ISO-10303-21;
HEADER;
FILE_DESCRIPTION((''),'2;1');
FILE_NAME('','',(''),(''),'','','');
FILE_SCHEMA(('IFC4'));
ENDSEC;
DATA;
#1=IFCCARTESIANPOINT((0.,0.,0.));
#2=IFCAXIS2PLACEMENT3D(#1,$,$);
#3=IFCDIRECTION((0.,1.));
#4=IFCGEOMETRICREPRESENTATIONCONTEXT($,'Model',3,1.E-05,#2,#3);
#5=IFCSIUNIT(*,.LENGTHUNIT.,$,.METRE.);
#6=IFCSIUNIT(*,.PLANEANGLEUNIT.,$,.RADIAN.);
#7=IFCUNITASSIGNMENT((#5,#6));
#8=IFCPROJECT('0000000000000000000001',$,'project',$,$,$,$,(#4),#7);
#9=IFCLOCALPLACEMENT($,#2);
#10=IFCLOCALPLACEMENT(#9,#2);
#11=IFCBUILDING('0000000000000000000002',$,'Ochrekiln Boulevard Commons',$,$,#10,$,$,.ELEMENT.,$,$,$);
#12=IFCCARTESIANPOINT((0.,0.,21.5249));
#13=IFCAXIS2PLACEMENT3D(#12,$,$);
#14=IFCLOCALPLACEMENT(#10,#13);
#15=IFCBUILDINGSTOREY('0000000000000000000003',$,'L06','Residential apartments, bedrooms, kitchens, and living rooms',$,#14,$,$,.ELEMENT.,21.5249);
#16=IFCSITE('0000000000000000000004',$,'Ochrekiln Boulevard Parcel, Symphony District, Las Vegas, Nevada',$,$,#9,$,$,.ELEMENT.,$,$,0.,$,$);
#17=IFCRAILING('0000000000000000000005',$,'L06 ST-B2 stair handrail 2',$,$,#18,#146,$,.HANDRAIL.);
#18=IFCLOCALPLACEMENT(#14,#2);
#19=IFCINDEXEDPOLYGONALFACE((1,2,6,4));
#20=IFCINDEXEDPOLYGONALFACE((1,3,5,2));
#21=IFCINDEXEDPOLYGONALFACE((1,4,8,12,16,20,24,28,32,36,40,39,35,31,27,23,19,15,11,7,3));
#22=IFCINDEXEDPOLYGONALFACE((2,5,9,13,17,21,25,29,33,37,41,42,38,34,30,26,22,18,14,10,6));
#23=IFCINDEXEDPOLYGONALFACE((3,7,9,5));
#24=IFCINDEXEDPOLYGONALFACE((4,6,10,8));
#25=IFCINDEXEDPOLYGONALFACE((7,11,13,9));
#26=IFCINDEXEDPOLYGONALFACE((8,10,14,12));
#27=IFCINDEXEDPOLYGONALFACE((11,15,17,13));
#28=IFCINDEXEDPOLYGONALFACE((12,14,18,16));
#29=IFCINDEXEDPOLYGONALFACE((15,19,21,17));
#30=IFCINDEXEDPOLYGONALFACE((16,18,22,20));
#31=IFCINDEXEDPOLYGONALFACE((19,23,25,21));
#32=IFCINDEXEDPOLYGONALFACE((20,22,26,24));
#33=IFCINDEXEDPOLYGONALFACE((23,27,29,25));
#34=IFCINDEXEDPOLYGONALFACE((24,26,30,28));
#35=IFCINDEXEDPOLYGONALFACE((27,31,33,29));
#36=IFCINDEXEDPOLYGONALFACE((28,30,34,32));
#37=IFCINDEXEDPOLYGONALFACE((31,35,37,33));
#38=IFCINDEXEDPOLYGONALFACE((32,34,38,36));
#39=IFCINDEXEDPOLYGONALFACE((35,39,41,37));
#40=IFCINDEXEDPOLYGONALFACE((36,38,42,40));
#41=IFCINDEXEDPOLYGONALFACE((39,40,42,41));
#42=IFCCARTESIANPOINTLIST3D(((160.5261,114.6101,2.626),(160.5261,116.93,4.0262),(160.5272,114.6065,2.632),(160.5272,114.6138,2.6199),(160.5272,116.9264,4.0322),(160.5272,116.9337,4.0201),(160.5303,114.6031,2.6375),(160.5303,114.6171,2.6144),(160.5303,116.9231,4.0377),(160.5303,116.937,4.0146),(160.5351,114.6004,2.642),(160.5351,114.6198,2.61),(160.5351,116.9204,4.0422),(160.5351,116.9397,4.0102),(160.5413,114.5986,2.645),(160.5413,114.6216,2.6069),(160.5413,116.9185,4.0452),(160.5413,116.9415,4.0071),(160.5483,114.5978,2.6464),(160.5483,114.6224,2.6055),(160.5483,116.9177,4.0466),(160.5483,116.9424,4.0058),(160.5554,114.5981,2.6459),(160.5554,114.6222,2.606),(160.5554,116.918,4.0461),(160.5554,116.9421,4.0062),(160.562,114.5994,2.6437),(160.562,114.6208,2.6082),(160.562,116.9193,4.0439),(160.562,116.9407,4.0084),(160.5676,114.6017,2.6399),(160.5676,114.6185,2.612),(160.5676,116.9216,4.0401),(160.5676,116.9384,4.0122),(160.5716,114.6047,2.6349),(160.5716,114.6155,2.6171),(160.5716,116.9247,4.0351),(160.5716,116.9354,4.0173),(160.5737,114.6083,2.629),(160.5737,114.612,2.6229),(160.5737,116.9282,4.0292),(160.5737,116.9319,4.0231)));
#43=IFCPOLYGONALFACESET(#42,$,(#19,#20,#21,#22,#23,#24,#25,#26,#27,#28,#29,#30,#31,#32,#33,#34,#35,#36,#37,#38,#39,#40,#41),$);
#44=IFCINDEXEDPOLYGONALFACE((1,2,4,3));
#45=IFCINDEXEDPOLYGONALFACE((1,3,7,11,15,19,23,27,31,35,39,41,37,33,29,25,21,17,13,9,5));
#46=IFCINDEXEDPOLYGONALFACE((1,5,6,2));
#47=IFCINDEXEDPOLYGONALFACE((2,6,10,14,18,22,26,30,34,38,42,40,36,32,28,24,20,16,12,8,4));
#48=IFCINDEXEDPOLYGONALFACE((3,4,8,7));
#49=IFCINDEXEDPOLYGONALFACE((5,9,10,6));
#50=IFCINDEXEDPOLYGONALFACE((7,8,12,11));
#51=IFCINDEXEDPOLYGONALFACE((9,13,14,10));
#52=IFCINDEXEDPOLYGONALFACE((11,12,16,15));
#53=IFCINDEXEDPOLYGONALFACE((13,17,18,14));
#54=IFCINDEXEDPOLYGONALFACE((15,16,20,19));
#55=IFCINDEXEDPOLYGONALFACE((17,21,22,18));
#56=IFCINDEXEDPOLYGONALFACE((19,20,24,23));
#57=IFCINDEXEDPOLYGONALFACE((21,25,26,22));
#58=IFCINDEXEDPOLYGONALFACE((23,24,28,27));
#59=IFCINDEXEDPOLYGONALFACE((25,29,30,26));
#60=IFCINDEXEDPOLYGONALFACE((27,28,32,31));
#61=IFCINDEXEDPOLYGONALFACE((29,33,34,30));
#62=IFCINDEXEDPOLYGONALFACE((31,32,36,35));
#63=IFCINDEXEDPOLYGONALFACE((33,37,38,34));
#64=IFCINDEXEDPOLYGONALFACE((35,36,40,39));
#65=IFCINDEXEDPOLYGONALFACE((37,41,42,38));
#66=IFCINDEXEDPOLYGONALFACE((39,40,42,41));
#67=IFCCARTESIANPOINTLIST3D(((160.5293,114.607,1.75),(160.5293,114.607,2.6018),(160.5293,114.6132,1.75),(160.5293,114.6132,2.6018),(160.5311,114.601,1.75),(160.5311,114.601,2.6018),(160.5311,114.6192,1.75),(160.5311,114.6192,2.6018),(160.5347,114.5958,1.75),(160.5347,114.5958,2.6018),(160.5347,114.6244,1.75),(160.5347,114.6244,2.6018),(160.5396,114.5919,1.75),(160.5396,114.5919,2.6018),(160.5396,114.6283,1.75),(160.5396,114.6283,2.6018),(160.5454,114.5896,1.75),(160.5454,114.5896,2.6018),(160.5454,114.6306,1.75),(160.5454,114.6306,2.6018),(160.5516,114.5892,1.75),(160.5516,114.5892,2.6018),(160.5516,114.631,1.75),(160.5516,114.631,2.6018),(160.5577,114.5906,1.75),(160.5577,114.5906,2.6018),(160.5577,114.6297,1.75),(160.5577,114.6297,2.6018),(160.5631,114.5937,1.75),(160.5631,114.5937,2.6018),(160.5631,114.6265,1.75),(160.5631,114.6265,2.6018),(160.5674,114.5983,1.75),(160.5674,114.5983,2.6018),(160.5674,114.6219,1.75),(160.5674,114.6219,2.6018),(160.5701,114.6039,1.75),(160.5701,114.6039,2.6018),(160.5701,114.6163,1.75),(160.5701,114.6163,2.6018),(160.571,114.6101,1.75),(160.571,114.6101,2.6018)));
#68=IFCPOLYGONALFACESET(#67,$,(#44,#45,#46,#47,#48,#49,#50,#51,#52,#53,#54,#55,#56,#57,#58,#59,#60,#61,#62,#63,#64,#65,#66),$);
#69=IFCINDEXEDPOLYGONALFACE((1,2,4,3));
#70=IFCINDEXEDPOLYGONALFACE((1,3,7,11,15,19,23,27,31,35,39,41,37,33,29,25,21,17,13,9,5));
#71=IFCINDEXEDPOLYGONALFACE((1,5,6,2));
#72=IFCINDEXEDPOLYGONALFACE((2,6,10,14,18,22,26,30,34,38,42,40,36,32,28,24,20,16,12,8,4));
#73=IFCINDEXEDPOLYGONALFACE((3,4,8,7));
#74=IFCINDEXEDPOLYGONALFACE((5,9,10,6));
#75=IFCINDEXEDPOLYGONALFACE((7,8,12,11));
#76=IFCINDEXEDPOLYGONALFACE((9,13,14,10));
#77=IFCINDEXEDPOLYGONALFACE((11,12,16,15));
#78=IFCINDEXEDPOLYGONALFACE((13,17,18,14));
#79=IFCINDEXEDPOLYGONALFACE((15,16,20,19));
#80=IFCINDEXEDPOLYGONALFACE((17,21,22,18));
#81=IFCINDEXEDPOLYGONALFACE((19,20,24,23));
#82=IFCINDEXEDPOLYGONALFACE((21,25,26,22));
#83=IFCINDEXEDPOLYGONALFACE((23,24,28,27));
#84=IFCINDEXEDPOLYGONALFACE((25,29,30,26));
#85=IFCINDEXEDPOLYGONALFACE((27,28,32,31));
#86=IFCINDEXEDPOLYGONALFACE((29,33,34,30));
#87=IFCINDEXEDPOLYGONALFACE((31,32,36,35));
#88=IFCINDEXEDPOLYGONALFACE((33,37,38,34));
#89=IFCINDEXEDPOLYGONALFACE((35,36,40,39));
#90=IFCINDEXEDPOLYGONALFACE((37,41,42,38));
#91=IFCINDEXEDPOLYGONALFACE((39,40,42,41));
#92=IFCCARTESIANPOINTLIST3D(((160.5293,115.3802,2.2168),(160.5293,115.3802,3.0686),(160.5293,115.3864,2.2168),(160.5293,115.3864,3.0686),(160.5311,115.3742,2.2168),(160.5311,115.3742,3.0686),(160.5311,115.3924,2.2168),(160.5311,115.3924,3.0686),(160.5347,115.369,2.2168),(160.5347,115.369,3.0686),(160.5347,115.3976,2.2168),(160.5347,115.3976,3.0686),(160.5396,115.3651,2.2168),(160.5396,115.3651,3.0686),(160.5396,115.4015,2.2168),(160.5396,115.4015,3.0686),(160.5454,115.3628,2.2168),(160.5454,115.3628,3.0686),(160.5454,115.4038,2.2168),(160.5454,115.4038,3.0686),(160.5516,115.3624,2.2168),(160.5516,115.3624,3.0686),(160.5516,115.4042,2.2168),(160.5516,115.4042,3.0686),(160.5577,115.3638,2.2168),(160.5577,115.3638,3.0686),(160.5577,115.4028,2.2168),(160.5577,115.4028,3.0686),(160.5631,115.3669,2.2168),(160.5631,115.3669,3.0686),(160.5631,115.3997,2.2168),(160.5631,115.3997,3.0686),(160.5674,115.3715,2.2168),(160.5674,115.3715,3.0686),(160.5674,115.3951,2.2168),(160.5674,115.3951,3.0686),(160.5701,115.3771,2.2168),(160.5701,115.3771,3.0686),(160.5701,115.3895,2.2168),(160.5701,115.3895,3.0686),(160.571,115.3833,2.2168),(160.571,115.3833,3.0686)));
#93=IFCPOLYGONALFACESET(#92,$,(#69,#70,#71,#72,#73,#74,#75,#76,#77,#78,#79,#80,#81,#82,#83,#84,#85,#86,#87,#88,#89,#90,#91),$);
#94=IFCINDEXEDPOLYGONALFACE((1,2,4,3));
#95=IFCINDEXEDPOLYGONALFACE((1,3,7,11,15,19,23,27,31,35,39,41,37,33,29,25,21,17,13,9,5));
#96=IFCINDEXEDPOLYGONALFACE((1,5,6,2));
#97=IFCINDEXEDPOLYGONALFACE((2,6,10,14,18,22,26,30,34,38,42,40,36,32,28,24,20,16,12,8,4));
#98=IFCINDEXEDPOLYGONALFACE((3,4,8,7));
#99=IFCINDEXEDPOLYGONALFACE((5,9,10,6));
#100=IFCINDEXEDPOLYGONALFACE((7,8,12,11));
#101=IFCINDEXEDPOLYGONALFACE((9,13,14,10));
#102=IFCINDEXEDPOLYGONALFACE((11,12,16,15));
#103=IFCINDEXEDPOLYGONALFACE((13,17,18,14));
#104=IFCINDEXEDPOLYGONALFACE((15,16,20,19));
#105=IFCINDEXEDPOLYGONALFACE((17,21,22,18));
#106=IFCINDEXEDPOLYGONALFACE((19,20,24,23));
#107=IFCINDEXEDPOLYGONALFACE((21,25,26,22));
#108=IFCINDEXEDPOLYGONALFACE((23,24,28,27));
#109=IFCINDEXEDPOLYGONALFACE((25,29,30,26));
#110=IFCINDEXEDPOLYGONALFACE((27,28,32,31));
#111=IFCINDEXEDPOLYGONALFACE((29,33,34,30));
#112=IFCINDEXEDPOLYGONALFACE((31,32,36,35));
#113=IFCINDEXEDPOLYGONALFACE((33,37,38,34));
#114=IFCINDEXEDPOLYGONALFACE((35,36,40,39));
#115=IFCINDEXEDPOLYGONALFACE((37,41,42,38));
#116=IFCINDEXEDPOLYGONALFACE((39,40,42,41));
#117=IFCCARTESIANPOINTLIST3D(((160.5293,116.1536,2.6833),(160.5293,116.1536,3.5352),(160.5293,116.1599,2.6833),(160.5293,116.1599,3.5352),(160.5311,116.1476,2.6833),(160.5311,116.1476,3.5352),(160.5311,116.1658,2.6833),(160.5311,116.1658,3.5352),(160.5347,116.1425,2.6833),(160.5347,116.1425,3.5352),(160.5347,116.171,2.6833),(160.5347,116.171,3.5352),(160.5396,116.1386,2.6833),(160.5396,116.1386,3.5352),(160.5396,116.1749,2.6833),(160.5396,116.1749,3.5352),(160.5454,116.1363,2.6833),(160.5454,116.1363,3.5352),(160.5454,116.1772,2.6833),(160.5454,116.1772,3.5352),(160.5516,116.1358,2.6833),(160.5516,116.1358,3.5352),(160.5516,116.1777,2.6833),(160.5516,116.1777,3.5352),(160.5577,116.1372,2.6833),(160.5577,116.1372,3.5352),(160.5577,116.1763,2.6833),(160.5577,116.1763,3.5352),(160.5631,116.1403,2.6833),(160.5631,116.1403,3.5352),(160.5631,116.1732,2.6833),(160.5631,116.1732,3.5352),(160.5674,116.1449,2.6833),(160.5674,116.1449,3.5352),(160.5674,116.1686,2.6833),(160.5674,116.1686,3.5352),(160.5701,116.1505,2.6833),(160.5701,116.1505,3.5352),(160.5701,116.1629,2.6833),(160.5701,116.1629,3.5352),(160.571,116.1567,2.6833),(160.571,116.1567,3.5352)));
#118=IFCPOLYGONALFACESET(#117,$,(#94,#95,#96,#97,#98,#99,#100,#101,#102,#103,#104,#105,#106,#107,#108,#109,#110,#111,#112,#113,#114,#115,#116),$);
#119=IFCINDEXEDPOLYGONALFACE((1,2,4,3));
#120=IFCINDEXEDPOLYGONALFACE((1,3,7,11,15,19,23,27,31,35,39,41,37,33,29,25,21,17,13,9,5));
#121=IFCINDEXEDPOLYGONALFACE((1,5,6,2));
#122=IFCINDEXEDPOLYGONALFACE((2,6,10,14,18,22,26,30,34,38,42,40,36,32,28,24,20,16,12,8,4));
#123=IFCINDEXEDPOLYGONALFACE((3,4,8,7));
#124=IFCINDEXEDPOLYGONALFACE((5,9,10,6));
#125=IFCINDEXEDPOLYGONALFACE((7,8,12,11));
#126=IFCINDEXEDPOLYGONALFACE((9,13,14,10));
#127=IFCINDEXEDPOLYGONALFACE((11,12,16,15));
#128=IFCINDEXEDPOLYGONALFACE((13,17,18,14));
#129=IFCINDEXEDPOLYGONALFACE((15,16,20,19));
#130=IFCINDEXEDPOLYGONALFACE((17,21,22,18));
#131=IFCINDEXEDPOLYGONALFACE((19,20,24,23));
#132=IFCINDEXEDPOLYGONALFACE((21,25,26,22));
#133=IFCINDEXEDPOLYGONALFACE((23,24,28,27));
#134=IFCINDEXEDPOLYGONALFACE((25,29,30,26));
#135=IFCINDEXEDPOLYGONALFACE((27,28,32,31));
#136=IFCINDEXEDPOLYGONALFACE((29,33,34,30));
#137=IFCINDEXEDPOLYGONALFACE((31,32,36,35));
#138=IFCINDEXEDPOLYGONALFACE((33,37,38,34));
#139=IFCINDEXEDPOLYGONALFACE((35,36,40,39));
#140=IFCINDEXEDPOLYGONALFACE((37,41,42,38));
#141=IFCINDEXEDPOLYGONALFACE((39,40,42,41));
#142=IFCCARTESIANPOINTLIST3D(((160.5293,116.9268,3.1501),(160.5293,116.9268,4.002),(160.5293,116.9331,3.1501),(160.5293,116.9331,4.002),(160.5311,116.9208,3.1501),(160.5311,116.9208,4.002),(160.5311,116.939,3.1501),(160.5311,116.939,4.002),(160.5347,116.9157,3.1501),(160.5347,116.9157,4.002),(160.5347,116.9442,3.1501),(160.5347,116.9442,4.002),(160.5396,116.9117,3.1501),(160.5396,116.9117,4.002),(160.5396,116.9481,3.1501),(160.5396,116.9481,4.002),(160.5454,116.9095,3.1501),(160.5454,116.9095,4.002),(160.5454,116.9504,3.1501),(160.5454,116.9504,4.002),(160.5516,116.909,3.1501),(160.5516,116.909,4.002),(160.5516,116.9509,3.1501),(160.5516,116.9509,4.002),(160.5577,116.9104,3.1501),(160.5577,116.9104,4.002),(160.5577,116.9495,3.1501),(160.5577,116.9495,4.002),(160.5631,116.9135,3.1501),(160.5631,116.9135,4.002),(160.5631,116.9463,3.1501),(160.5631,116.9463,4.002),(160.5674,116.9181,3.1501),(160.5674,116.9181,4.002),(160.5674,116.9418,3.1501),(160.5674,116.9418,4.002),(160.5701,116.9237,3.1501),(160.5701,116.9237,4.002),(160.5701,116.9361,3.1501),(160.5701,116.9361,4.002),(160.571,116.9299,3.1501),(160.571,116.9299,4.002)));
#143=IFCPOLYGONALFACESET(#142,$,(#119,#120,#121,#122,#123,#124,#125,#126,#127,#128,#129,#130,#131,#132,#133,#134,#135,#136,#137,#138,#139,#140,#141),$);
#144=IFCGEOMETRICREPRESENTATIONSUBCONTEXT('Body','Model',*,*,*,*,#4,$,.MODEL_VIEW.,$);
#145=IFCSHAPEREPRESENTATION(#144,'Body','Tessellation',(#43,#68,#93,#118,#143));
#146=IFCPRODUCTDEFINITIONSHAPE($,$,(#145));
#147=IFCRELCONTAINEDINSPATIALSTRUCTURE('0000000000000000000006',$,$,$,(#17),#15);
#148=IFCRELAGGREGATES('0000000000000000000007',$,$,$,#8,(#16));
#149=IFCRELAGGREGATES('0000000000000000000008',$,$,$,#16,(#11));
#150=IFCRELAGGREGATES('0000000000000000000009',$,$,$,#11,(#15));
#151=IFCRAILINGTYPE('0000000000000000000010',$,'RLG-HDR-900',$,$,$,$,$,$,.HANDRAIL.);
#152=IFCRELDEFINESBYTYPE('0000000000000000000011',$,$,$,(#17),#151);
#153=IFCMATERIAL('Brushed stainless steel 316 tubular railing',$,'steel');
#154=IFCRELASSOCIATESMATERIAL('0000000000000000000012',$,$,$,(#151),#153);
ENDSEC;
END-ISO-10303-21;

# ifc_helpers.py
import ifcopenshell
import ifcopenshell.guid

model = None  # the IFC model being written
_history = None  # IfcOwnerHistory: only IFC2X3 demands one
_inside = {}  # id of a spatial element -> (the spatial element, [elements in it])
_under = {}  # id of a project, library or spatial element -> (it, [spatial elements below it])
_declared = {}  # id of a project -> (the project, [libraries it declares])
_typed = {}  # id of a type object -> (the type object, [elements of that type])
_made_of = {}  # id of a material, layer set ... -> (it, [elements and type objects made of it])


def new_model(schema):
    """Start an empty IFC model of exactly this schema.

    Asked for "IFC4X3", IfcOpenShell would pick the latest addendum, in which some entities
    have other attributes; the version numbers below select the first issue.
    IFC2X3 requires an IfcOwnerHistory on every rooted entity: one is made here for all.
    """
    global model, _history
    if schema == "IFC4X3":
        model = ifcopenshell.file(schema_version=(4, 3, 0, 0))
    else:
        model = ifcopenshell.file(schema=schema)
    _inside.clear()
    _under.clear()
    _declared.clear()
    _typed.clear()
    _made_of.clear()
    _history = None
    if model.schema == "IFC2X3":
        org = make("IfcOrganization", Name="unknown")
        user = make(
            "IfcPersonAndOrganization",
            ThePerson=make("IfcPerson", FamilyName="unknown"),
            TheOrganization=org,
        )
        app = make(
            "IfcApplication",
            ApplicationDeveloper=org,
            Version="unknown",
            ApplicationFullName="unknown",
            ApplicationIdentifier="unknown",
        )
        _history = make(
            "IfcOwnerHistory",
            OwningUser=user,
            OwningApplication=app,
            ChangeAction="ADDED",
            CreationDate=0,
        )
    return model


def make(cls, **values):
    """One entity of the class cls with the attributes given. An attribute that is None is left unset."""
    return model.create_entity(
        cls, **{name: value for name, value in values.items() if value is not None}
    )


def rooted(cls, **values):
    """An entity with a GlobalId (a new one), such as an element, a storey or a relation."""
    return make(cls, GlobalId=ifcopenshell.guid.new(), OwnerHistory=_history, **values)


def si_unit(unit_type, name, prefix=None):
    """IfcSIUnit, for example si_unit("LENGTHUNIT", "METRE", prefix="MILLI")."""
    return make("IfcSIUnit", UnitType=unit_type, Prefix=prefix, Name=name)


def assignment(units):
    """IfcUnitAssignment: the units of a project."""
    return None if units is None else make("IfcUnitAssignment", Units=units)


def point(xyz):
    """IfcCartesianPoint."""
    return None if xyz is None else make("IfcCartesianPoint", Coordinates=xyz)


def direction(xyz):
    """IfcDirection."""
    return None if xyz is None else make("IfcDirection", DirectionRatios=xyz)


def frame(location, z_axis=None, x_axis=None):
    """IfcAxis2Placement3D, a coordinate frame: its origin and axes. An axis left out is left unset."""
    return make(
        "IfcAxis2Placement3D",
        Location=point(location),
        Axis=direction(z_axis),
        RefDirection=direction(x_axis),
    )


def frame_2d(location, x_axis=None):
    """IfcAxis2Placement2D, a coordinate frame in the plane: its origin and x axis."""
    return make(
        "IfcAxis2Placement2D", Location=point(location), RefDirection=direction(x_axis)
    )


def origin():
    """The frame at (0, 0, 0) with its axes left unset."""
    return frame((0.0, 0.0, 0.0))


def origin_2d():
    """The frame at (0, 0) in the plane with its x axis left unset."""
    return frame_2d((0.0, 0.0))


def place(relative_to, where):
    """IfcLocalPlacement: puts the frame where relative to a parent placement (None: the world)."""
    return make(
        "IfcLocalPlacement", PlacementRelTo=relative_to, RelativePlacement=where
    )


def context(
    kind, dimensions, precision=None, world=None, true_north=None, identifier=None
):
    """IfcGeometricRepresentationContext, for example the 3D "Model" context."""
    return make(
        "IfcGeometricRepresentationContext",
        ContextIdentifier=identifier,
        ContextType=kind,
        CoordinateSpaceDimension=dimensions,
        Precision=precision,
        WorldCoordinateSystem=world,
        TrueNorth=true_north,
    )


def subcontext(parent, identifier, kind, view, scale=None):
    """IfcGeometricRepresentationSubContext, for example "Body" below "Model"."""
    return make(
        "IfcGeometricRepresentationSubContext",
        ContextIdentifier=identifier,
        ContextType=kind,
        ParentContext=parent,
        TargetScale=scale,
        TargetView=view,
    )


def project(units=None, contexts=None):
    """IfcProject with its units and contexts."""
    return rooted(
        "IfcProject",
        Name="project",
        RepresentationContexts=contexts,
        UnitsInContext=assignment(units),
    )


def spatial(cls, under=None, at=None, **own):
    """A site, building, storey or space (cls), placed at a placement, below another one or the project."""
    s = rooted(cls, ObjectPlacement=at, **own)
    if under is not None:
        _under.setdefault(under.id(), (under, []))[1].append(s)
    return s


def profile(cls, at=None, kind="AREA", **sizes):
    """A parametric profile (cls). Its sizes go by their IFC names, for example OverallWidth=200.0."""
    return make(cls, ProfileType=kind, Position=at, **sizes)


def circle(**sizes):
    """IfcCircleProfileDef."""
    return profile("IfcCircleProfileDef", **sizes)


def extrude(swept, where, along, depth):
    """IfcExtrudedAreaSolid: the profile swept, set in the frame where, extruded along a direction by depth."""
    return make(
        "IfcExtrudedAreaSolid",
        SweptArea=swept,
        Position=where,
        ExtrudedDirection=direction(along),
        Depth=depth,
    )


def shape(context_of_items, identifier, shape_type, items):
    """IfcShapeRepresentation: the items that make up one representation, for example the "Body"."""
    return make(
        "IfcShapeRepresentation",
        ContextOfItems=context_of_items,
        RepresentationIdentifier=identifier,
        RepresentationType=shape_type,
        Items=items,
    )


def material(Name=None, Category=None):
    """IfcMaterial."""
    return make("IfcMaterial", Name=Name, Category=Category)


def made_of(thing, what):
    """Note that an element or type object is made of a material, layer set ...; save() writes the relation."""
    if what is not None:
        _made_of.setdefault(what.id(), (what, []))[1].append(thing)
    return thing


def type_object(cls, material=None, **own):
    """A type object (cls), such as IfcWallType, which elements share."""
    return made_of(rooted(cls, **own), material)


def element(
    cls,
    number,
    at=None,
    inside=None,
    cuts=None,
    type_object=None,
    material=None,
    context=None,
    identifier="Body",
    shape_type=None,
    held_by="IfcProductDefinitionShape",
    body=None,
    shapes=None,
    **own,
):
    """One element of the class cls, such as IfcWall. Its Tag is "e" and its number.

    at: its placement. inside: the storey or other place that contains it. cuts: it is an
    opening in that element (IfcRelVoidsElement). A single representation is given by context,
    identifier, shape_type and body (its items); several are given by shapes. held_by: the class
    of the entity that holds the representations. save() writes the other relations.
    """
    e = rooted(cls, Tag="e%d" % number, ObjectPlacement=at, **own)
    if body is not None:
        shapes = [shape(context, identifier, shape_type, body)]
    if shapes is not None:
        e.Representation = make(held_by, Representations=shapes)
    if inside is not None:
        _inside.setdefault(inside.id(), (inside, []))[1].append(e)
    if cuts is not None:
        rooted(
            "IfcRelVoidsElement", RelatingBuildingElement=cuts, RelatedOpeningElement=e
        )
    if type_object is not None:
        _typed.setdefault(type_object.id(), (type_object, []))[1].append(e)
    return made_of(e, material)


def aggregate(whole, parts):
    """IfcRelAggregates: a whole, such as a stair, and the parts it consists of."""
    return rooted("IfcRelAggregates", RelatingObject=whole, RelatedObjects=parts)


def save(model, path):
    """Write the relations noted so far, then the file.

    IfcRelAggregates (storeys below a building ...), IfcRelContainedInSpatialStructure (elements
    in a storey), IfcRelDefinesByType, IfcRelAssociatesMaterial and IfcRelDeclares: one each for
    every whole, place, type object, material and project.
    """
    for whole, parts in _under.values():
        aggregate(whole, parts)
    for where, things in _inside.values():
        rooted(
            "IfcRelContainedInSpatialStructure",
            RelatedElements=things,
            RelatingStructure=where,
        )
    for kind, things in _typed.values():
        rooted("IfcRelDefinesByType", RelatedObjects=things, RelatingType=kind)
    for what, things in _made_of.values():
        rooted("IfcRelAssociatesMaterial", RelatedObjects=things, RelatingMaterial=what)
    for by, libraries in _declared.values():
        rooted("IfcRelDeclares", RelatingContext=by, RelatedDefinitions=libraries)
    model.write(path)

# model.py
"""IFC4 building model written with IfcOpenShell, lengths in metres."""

from ifc_helpers import new_model, si_unit, direction, frame, origin, origin_2d, place, context, subcontext, project, spatial, circle, extrude, material, type_object, element, save


model = new_model("IFC4")

# Units and contexts
model_context = context("Model", 3, precision=1e-05, world=origin(), true_north=direction((0.0, 1.0)))
body_context = subcontext(model_context, "Body", "Model", "MODEL_VIEW")
ifc_project = project(units=[si_unit("LENGTHUNIT", "METRE"), si_unit("PLANEANGLEUNIT", "RADIAN")], contexts=[model_context])

# Site, building, storey
site_placement = place(None, origin())
site = spatial("IfcSite", under=ifc_project, at=site_placement, Name="Ochrekiln Boulevard Parcel, Symphony District, Las Vegas, Nevada", CompositionType="ELEMENT", RefElevation=0.0)
building_placement = place(site_placement, origin())
building = spatial("IfcBuilding", under=site, at=building_placement, Name="Ochrekiln Boulevard Commons", CompositionType="ELEMENT")
storey_placement = place(building_placement, frame((0.0, 0.0, 21.5249)))
storey = spatial("IfcBuildingStorey", under=building, at=storey_placement, Name="L06", Description="Residential apartments, bedrooms, kitchens, and living rooms", CompositionType="ELEMENT", Elevation=21.5249)

# Railing
ifc_material_1 = material(Name="Brushed stainless steel 316 tubular railing", Category="steel")
railing_type = type_object("IfcRailingType", Name="RLG-HDR-900", PredefinedType="HANDRAIL", material=ifc_material_1)
railing_placement = place(storey_placement, frame((160.55, 114.6101, 1.75)))
element("IfcRailing", 1, at=railing_placement, inside=storey, type_object=railing_type, Name="L06 ST-B2 stair handrail 2", PredefinedType="HANDRAIL", context=body_context, shape_type="SweptSolid", body=[
    extrude(circle(Radius=0.0239, at=origin_2d()), frame((0.0, 0.0, 0.876), z_axis=(0.0, 0.856146, 0.516733), x_axis=(-1.0, 0.0, 0.0)), (0.0, 0.0, 1.0), 2.7097),
    extrude(circle(Radius=0.021, at=origin_2d()), origin(), (0.0, 0.0, 1.0), 0.8518),
    extrude(circle(Radius=0.021, at=origin_2d()), frame((0.0, 0.7732, 0.4668)), (0.0, 0.0, 1.0), 0.8518),
    extrude(circle(Radius=0.021, at=origin_2d()), frame((0.0, 1.5466, 0.9333)), (0.0, 0.0, 1.0), 0.8518),
    extrude(circle(Radius=0.021, at=origin_2d()), frame((0.0, 2.3198, 1.4001)), (0.0, 0.0, 1.0), 0.8518),
])

save(model, "model.ifc")
